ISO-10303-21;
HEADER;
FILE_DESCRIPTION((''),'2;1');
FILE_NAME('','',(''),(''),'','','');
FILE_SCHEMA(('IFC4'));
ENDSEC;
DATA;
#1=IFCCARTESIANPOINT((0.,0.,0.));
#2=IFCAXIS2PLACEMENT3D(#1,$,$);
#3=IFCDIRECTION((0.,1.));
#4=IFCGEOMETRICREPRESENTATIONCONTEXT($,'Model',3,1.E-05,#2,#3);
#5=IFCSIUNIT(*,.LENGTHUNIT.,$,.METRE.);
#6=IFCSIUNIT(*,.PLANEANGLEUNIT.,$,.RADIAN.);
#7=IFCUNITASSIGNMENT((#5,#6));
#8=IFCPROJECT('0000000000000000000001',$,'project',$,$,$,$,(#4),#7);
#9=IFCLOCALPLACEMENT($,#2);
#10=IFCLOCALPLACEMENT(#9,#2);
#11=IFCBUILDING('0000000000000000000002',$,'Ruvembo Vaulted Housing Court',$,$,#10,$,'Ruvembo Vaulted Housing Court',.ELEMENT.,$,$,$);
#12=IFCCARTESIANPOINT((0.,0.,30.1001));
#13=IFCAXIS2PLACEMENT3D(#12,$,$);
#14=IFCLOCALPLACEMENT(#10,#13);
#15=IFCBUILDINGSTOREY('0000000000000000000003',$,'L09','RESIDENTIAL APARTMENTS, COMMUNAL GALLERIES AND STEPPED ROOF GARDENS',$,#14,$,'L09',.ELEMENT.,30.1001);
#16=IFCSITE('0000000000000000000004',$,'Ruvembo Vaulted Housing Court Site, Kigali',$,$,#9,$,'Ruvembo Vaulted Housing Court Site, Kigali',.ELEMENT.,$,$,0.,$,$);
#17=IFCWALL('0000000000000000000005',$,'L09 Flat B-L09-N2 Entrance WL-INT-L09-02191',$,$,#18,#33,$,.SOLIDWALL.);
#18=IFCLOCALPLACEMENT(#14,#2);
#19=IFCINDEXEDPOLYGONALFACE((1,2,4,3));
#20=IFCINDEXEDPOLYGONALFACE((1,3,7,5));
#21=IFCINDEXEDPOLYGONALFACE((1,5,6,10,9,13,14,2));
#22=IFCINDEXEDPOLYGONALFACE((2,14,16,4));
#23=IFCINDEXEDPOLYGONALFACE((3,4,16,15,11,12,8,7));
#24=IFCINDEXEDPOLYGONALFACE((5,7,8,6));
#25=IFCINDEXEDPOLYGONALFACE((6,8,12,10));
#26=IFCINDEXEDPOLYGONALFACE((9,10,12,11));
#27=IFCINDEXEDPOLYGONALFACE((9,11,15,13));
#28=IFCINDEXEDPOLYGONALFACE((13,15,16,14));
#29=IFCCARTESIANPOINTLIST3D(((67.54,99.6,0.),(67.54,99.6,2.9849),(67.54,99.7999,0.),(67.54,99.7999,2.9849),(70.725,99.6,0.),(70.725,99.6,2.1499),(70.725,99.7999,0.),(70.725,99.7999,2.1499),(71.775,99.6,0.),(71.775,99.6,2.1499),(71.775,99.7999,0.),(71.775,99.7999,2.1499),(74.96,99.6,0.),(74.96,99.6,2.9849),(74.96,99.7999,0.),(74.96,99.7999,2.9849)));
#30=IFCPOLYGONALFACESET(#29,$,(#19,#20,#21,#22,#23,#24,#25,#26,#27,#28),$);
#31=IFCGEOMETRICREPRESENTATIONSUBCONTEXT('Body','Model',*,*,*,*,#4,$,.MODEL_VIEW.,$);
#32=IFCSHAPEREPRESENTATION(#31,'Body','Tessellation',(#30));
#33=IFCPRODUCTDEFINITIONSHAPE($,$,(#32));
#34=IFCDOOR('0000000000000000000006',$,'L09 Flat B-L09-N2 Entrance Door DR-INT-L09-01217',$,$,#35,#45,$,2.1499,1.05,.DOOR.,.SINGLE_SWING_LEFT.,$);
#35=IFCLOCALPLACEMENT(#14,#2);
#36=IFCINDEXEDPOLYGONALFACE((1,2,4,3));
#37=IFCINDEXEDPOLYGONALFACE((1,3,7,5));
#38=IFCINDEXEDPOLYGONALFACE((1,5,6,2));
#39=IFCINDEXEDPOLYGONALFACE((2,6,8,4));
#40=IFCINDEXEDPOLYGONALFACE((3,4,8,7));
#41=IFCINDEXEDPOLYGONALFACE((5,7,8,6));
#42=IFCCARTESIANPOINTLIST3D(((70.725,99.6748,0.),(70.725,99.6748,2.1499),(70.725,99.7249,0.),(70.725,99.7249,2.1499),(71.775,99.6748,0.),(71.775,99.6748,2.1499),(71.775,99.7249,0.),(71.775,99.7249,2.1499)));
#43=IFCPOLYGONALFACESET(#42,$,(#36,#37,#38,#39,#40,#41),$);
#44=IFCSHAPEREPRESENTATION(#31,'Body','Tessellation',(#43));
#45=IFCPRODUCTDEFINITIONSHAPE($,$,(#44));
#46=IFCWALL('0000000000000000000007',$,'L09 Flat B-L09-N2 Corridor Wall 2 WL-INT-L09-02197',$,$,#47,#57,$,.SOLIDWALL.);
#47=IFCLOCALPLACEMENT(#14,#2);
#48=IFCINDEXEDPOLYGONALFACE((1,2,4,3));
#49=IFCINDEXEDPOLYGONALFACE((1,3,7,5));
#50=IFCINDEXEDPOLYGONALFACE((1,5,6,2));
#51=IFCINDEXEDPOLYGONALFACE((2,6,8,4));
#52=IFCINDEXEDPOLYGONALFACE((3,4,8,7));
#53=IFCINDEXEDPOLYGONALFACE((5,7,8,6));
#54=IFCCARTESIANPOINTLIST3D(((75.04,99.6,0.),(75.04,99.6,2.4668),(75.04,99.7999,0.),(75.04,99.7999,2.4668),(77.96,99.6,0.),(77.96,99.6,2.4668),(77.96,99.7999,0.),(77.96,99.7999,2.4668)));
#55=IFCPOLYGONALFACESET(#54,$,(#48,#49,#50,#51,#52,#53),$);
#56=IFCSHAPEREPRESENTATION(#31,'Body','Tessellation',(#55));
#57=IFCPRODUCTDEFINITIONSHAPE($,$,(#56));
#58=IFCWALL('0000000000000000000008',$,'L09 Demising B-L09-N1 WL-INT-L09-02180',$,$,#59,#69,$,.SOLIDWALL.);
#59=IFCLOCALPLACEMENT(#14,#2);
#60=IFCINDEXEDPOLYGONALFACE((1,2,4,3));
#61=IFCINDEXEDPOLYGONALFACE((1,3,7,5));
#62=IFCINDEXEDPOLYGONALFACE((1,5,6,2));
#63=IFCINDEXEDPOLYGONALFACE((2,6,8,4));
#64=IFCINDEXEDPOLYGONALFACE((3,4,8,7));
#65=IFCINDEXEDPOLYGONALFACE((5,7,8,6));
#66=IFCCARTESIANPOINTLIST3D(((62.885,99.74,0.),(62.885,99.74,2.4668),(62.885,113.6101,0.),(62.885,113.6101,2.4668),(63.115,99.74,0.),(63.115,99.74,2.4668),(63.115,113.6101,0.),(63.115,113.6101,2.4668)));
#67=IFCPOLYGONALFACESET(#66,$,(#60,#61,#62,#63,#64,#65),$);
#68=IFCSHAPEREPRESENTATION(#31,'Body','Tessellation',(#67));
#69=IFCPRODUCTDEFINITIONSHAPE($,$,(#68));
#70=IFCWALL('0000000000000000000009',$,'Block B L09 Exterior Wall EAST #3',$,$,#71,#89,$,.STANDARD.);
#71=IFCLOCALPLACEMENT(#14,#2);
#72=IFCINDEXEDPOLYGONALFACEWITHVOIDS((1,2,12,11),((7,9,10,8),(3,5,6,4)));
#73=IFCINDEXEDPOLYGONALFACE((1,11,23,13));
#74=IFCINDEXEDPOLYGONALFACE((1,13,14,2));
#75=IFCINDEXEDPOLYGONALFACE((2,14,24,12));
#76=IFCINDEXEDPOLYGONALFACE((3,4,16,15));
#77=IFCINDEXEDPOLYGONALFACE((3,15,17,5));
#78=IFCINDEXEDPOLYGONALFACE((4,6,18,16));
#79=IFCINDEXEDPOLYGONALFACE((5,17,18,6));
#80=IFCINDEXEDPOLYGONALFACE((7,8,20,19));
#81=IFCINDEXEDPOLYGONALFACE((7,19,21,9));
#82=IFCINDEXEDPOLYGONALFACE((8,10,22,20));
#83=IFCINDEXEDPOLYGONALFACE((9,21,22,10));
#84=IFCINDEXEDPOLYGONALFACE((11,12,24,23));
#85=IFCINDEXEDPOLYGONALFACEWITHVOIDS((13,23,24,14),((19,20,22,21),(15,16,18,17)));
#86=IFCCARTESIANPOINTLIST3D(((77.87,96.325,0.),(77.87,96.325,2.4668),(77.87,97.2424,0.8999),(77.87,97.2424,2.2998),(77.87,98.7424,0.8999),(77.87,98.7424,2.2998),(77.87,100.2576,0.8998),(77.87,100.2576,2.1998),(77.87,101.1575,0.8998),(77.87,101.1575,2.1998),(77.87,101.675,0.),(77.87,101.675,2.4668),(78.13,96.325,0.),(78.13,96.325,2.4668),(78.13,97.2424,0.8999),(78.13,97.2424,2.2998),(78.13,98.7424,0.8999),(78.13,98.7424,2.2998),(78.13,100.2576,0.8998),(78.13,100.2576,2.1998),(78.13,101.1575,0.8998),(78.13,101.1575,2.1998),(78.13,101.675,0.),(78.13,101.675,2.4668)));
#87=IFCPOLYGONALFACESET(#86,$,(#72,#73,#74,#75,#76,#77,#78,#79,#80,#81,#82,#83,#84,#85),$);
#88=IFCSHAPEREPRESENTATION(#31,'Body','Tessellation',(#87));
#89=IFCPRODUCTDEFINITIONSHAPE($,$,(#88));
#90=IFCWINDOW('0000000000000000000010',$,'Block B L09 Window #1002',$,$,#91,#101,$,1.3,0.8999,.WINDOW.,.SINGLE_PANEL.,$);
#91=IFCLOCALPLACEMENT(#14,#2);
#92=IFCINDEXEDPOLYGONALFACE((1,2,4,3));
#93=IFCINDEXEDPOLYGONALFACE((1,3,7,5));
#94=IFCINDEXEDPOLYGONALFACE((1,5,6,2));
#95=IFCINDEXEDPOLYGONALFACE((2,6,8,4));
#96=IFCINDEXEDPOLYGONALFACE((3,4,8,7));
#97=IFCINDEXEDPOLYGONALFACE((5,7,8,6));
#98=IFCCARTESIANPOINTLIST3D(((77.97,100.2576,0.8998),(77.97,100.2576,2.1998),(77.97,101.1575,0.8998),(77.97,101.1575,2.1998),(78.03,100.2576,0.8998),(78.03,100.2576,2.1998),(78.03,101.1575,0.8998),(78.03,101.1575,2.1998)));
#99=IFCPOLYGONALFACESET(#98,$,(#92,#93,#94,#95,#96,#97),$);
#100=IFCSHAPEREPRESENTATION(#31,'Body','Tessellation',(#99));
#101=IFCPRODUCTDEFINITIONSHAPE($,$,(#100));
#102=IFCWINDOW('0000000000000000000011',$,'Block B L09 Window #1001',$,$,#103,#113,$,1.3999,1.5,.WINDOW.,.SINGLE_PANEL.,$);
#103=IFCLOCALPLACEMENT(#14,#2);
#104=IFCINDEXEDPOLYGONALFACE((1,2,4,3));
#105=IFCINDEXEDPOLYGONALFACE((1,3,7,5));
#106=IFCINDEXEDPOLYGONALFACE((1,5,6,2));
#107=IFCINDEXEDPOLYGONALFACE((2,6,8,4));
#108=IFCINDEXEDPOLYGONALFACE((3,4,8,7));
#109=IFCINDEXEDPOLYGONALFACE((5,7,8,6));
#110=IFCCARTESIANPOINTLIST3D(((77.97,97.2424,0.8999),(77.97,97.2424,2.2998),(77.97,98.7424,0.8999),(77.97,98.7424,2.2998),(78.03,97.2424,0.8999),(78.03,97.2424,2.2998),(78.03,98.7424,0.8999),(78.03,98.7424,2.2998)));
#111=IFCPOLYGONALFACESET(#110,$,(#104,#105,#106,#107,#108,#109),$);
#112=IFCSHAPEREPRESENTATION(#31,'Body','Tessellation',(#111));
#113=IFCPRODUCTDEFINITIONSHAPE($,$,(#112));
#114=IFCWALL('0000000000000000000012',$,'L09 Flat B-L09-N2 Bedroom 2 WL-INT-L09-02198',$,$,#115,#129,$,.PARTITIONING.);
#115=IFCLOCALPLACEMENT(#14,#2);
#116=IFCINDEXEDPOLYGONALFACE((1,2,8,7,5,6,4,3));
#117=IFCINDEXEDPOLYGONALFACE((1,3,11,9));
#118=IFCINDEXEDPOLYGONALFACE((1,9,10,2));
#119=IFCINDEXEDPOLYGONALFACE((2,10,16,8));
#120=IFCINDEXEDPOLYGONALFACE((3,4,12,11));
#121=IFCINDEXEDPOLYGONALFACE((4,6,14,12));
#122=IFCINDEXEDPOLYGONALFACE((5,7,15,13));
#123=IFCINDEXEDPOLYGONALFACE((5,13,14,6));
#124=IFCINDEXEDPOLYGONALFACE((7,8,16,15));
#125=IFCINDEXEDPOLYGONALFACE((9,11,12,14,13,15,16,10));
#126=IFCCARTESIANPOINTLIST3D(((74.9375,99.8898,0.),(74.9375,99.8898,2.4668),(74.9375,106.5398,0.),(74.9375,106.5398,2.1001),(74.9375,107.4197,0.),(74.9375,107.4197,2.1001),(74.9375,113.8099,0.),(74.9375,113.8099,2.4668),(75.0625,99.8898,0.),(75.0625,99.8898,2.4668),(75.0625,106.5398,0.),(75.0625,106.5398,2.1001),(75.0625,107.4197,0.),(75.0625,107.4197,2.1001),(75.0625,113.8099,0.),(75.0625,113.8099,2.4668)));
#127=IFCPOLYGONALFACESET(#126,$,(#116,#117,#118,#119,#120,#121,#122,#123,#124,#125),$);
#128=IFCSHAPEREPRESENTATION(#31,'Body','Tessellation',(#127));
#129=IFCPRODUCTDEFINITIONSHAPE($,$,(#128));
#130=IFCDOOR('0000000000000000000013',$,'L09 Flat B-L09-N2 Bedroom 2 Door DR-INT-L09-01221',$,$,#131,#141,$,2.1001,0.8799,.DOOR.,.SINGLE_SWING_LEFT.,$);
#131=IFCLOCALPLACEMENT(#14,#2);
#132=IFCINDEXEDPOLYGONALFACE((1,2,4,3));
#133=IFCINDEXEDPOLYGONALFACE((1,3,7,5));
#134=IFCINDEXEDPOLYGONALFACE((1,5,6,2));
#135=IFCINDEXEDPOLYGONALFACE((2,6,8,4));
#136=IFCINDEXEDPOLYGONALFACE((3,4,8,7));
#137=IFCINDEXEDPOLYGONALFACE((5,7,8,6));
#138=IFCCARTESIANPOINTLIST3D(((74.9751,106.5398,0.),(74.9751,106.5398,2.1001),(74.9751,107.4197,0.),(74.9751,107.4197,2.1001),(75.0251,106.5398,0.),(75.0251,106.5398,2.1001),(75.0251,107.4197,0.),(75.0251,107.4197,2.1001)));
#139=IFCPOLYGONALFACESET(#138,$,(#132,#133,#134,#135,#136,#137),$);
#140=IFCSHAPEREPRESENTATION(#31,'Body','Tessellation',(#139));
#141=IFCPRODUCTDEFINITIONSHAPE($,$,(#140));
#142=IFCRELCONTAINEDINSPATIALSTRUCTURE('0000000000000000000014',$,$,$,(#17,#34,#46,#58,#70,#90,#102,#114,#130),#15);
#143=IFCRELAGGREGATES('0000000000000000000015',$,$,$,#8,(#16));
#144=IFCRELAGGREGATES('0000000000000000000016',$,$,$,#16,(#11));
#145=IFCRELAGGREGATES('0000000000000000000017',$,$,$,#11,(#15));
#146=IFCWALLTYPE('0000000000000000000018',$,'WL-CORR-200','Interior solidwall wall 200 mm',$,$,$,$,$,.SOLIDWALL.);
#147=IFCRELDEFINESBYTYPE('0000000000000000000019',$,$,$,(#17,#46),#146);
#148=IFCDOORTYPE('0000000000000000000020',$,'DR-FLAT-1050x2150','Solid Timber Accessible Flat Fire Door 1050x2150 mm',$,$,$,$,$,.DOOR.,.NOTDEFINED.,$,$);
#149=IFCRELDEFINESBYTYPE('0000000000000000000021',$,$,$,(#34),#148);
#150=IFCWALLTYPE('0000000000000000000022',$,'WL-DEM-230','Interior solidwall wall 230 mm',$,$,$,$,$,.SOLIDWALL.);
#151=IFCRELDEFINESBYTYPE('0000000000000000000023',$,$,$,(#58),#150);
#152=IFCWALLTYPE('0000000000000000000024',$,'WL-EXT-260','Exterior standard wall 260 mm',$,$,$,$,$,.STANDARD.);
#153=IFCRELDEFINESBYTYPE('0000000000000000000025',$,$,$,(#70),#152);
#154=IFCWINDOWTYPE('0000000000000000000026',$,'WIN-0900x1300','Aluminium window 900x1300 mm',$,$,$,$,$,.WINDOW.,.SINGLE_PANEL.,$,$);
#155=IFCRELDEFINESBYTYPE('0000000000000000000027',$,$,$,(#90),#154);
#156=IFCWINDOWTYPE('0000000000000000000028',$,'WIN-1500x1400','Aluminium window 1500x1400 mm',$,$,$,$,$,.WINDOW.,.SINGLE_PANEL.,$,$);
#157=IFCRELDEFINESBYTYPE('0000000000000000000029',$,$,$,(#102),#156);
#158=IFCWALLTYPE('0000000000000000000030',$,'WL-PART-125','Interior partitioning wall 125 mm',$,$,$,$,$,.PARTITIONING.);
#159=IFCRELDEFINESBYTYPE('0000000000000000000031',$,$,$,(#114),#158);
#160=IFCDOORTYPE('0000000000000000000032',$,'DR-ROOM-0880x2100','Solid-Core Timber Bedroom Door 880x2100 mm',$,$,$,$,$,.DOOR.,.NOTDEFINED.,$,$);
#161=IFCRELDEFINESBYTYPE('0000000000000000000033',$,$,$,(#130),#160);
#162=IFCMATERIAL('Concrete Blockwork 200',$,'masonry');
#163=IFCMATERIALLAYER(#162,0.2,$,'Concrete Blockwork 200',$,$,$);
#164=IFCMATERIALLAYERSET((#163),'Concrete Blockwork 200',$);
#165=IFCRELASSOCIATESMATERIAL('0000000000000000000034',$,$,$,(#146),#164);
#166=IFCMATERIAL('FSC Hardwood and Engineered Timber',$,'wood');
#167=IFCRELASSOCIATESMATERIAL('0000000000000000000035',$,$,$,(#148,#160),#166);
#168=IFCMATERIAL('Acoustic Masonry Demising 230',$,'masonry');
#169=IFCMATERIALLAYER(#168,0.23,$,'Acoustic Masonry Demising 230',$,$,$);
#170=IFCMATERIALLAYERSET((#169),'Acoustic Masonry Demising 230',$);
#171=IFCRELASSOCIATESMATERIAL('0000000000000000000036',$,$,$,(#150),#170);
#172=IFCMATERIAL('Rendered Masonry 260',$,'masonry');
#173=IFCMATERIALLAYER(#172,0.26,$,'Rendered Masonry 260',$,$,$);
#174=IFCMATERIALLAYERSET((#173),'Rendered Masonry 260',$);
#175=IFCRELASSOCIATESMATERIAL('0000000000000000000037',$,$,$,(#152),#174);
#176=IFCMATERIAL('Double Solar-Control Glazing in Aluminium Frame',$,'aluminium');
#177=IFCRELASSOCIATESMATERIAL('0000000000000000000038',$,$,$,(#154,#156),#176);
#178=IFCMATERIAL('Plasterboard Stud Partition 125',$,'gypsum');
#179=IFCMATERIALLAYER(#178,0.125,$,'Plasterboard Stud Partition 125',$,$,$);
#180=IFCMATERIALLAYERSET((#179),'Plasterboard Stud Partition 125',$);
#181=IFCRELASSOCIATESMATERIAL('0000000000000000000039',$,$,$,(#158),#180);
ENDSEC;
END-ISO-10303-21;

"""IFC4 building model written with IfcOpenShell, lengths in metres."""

from ifc_helpers import new_model, si_unit, direction, frame, frame_2d, origin, place, context, subcontext, project, spatial, rectangle, extrude, material, layer, layer_set, type_object, element, fill, save


model = new_model("IFC4")

# Units and contexts
model_context = context("Model", 3, precision=1e-05, world=origin(), true_north=direction((0.0, 1.0)))
body_context = subcontext(model_context, "Body", "Model", "MODEL_VIEW")
ifc_project = project(units=[si_unit("LENGTHUNIT", "METRE"), si_unit("PLANEANGLEUNIT", "RADIAN")], contexts=[model_context])

# Site, building, storey
site_placement = place(None, origin())
site = spatial("IfcSite", under=ifc_project, at=site_placement, Name="Ruvembo Vaulted Housing Court Site, Kigali", LongName="Ruvembo Vaulted Housing Court Site, Kigali", CompositionType="ELEMENT", RefElevation=0.0)
building_placement = place(site_placement, origin())
building = spatial("IfcBuilding", under=site, at=building_placement, Name="Ruvembo Vaulted Housing Court", LongName="Ruvembo Vaulted Housing Court", CompositionType="ELEMENT")
storey_placement = place(building_placement, frame((0.0, 0.0, 30.1001)))
storey = spatial("IfcBuildingStorey", under=building, at=storey_placement, Name="L09", Description="RESIDENTIAL APARTMENTS, COMMUNAL GALLERIES AND STEPPED ROOF GARDENS", LongName="L09", CompositionType="ELEMENT", Elevation=30.1001)

# Shared definitions
ifc_material_1 = material(Name="Concrete Blockwork 200", Category="masonry")
ifc_layer_1 = layer(ifc_material_1, 0.2, Name="Concrete Blockwork 200")
ifc_layer_set_1 = layer_set([ifc_layer_1], Name="Concrete Blockwork 200")
wall_type_1 = type_object("IfcWallType", Name="WL-CORR-200", Description="Interior solidwall wall 200 mm", PredefinedType="SOLIDWALL", material=ifc_layer_set_1)

# Wall, opening, door
wall_1_placement = place(storey_placement, frame((67.54, 99.7, 0.0), z_axis=(0.0, 0.0, 1.0), x_axis=(1.0, 0.0, 0.0)))
wall_1 = element("IfcWall", 1, at=wall_1_placement, inside=storey, type_object=wall_type_1, Name="L09 Flat B-L09-N2 Entrance WL-INT-L09-02191", PredefinedType="SOLIDWALL", context=body_context, shape_type="SweptSolid", body=[
    extrude(rectangle(XDim=7.4199, YDim=0.2, at=frame_2d((3.71, 0.0))), origin(), (0.0, 0.0, 1.0), 2.9849),
])
opening_1_placement = place(wall_1_placement, frame((3.1851, 0.0, 0.0)))
opening_1 = element("IfcOpeningElement", 2, at=opening_1_placement, cuts=wall_1, PredefinedType="OPENING", context=body_context, shape_type="SweptSolid", body=[
    extrude(rectangle(XDim=1.05, YDim=2.1499, at=frame_2d((0.5249, 1.075))), frame((0.0, 0.1099, 0.0), z_axis=(0.0, -1.0, 0.0), x_axis=(1.0, 0.0, 0.0)), (0.0, 0.0, 1.0), 0.22),
])
ifc_material_2 = material(Name="FSC Hardwood and Engineered Timber", Category="wood")
door_type_1 = type_object("IfcDoorType", Name="DR-FLAT-1050x2150", Description="Solid Timber Accessible Flat Fire Door 1050x2150 mm", OperationType="NOTDEFINED", PredefinedType="DOOR", material=ifc_material_2)
door_1_placement = place(opening_1_placement, origin())
door_1 = element("IfcDoor", 3, at=door_1_placement, inside=storey, type_object=door_type_1, Name="L09 Flat B-L09-N2 Entrance Door DR-INT-L09-01217", OperationType="SINGLE_SWING_LEFT", OverallHeight=2.1499, OverallWidth=1.05, PredefinedType="DOOR", context=body_context, shape_type="SweptSolid", body=[
    extrude(rectangle(XDim=1.05, YDim=2.1499, at=frame_2d((0.5249, 1.075))), frame((0.0, 0.0249, 0.0), z_axis=(0.0, -1.0, 0.0), x_axis=(1.0, 0.0, 0.0)), (0.0, 0.0, 1.0), 0.05),
])
fill(opening_1, door_1)

# Walls
wall_2_placement = place(storey_placement, frame((75.04, 99.7, 0.0), z_axis=(0.0, 0.0, 1.0), x_axis=(1.0, 0.0, 0.0)))
element("IfcWall", 4, at=wall_2_placement, inside=storey, type_object=wall_type_1, Name="L09 Flat B-L09-N2 Corridor Wall 2 WL-INT-L09-02197", PredefinedType="SOLIDWALL", context=body_context, shape_type="SweptSolid", body=[
    extrude(rectangle(XDim=2.9199, YDim=0.2, at=frame_2d((1.46, 0.0))), origin(), (0.0, 0.0, 1.0), 2.4668),
])
ifc_material_3 = material(Name="Acoustic Masonry Demising 230", Category="masonry")
ifc_layer_2 = layer(ifc_material_3, 0.23, Name="Acoustic Masonry Demising 230")
ifc_layer_set_2 = layer_set([ifc_layer_2], Name="Acoustic Masonry Demising 230")
wall_type_2 = type_object("IfcWallType", Name="WL-DEM-230", Description="Interior solidwall wall 230 mm", PredefinedType="SOLIDWALL", material=ifc_layer_set_2)
wall_3_placement = place(storey_placement, frame((63.0, 99.74, 0.0), z_axis=(0.0, 0.0, 1.0), x_axis=(0.0, 1.0, 0.0)))
element("IfcWall", 5, at=wall_3_placement, inside=storey, type_object=wall_type_2, Name="L09 Demising B-L09-N1 WL-INT-L09-02180", PredefinedType="SOLIDWALL", context=body_context, shape_type="SweptSolid", body=[
    extrude(rectangle(XDim=13.8701, YDim=0.23, at=frame_2d((6.9351, 0.0))), origin(), (0.0, 0.0, 1.0), 2.4668),
])

# Wall, openings, windows
ifc_material_4 = material(Name="Rendered Masonry 260", Category="masonry")
ifc_layer_3 = layer(ifc_material_4, 0.26, Name="Rendered Masonry 260")
ifc_layer_set_3 = layer_set([ifc_layer_3], Name="Rendered Masonry 260")
wall_type_3 = type_object("IfcWallType", Name="WL-EXT-260", Description="Exterior standard wall 260 mm", PredefinedType="STANDARD", material=ifc_layer_set_3)
wall_4_placement = place(storey_placement, frame((78.0, 96.325, 0.0), z_axis=(0.0, 0.0, 1.0), x_axis=(0.0, 1.0, 0.0)))
wall_4 = element("IfcWall", 6, at=wall_4_placement, inside=storey, type_object=wall_type_3, Name="Block B L09 Exterior Wall EAST #3", PredefinedType="STANDARD", context=body_context, shape_type="SweptSolid", body=[
    extrude(rectangle(XDim=5.3501, YDim=0.26, at=frame_2d((2.675, 0.0))), origin(), (0.0, 0.0, 1.0), 2.4668),
])
opening_2_placement = place(wall_4_placement, frame((0.9175, 0.0, 0.8999)))
opening_2 = element("IfcOpeningElement", 7, at=opening_2_placement, cuts=wall_4, PredefinedType="OPENING", context=body_context, shape_type="SweptSolid", body=[
    extrude(rectangle(XDim=1.5, YDim=1.3999, at=frame_2d((0.75, 0.7))), frame((0.0, 0.1399, 0.0), z_axis=(0.0, -1.0, 0.0), x_axis=(1.0, 0.0, 0.0)), (0.0, 0.0, 1.0), 0.28),
])
opening_3_placement = place(wall_4_placement, frame((3.9326, 0.0, 0.8999)))
opening_3 = element("IfcOpeningElement", 8, at=opening_3_placement, cuts=wall_4, PredefinedType="OPENING", context=body_context, shape_type="SweptSolid", body=[
    extrude(rectangle(XDim=0.8999, YDim=1.3, at=frame_2d((0.45, 0.6499))), frame((0.0, 0.1399, 0.0), z_axis=(0.0, -1.0, 0.0), x_axis=(1.0, 0.0, 0.0)), (0.0, 0.0, 1.0), 0.28),
])
ifc_material_5 = material(Name="Double Solar-Control Glazing in Aluminium Frame", Category="aluminium")
window_type_1 = type_object("IfcWindowType", Name="WIN-0900x1300", Description="Aluminium window 900x1300 mm", PartitioningType="SINGLE_PANEL", PredefinedType="WINDOW", material=ifc_material_5)
window_1_placement = place(opening_3_placement, origin())
window_1 = element("IfcWindow", 9, at=window_1_placement, inside=storey, type_object=window_type_1, Name="Block B L09 Window #1002", OverallHeight=1.3, OverallWidth=0.8999, PartitioningType="SINGLE_PANEL", PredefinedType="WINDOW", context=body_context, shape_type="SweptSolid", body=[
    extrude(rectangle(XDim=0.8999, YDim=1.3, at=frame_2d((0.45, 0.6499))), frame((0.0, 0.03, 0.0), z_axis=(0.0, -1.0, 0.0), x_axis=(1.0, 0.0, 0.0)), (0.0, 0.0, 1.0), 0.0601),
])
fill(opening_3, window_1)
window_type_2 = type_object("IfcWindowType", Name="WIN-1500x1400", Description="Aluminium window 1500x1400 mm", PartitioningType="SINGLE_PANEL", PredefinedType="WINDOW", material=ifc_material_5)
window_2_placement = place(opening_2_placement, origin())
window_2 = element("IfcWindow", 10, at=window_2_placement, inside=storey, type_object=window_type_2, Name="Block B L09 Window #1001", OverallHeight=1.3999, OverallWidth=1.5, PartitioningType="SINGLE_PANEL", PredefinedType="WINDOW", context=body_context, shape_type="SweptSolid", body=[
    extrude(rectangle(XDim=1.5, YDim=1.3999, at=frame_2d((0.75, 0.7))), frame((0.0, 0.03, 0.0), z_axis=(0.0, -1.0, 0.0), x_axis=(1.0, 0.0, 0.0)), (0.0, 0.0, 1.0), 0.0601),
])
fill(opening_2, window_2)

# Wall, opening, door
ifc_material_6 = material(Name="Plasterboard Stud Partition 125", Category="gypsum")
ifc_layer_4 = layer(ifc_material_6, 0.125, Name="Plasterboard Stud Partition 125")
ifc_layer_set_4 = layer_set([ifc_layer_4], Name="Plasterboard Stud Partition 125")
wall_type_4 = type_object("IfcWallType", Name="WL-PART-125", Description="Interior partitioning wall 125 mm", PredefinedType="PARTITIONING", material=ifc_layer_set_4)
wall_5_placement = place(storey_placement, frame((75.0, 99.8899, 0.0), z_axis=(0.0, 0.0, 1.0), x_axis=(0.0, 1.0, 0.0)))
wall_5 = element("IfcWall", 11, at=wall_5_placement, inside=storey, type_object=wall_type_4, Name="L09 Flat B-L09-N2 Bedroom 2 WL-INT-L09-02198", PredefinedType="PARTITIONING", context=body_context, shape_type="SweptSolid", body=[
    extrude(rectangle(XDim=13.9202, YDim=0.125, at=frame_2d((6.96, 0.0))), origin(), (0.0, 0.0, 1.0), 2.4668),
])
opening_4_placement = place(wall_5_placement, frame((6.6499, 0.0, 0.0)))
opening_4 = element("IfcOpeningElement", 12, at=opening_4_placement, cuts=wall_5, PredefinedType="OPENING", context=body_context, shape_type="SweptSolid", body=[
    extrude(rectangle(XDim=0.8799, YDim=2.1001, at=frame_2d((0.4399, 1.05))), frame((0.0, 0.0725, 0.0), z_axis=(0.0, -1.0, 0.0), x_axis=(1.0, 0.0, 0.0)), (0.0, 0.0, 1.0), 0.145),
])
door_type_2 = type_object("IfcDoorType", Name="DR-ROOM-0880x2100", Description="Solid-Core Timber Bedroom Door 880x2100 mm", OperationType="NOTDEFINED", PredefinedType="DOOR", material=ifc_material_2)
door_2_placement = place(opening_4_placement, origin())
door_2 = element("IfcDoor", 13, at=door_2_placement, inside=storey, type_object=door_type_2, Name="L09 Flat B-L09-N2 Bedroom 2 Door DR-INT-L09-01221", OperationType="SINGLE_SWING_LEFT", OverallHeight=2.1001, OverallWidth=0.8799, PredefinedType="DOOR", context=body_context, shape_type="SweptSolid", body=[
    extrude(rectangle(XDim=0.8799, YDim=2.1001, at=frame_2d((0.4399, 1.05))), frame((0.0, 0.0249, 0.0), z_axis=(0.0, -1.0, 0.0), x_axis=(1.0, 0.0, 0.0)), (0.0, 0.0, 1.0), 0.05),
])
fill(opening_4, door_2)

save(model, "model.ifc")
